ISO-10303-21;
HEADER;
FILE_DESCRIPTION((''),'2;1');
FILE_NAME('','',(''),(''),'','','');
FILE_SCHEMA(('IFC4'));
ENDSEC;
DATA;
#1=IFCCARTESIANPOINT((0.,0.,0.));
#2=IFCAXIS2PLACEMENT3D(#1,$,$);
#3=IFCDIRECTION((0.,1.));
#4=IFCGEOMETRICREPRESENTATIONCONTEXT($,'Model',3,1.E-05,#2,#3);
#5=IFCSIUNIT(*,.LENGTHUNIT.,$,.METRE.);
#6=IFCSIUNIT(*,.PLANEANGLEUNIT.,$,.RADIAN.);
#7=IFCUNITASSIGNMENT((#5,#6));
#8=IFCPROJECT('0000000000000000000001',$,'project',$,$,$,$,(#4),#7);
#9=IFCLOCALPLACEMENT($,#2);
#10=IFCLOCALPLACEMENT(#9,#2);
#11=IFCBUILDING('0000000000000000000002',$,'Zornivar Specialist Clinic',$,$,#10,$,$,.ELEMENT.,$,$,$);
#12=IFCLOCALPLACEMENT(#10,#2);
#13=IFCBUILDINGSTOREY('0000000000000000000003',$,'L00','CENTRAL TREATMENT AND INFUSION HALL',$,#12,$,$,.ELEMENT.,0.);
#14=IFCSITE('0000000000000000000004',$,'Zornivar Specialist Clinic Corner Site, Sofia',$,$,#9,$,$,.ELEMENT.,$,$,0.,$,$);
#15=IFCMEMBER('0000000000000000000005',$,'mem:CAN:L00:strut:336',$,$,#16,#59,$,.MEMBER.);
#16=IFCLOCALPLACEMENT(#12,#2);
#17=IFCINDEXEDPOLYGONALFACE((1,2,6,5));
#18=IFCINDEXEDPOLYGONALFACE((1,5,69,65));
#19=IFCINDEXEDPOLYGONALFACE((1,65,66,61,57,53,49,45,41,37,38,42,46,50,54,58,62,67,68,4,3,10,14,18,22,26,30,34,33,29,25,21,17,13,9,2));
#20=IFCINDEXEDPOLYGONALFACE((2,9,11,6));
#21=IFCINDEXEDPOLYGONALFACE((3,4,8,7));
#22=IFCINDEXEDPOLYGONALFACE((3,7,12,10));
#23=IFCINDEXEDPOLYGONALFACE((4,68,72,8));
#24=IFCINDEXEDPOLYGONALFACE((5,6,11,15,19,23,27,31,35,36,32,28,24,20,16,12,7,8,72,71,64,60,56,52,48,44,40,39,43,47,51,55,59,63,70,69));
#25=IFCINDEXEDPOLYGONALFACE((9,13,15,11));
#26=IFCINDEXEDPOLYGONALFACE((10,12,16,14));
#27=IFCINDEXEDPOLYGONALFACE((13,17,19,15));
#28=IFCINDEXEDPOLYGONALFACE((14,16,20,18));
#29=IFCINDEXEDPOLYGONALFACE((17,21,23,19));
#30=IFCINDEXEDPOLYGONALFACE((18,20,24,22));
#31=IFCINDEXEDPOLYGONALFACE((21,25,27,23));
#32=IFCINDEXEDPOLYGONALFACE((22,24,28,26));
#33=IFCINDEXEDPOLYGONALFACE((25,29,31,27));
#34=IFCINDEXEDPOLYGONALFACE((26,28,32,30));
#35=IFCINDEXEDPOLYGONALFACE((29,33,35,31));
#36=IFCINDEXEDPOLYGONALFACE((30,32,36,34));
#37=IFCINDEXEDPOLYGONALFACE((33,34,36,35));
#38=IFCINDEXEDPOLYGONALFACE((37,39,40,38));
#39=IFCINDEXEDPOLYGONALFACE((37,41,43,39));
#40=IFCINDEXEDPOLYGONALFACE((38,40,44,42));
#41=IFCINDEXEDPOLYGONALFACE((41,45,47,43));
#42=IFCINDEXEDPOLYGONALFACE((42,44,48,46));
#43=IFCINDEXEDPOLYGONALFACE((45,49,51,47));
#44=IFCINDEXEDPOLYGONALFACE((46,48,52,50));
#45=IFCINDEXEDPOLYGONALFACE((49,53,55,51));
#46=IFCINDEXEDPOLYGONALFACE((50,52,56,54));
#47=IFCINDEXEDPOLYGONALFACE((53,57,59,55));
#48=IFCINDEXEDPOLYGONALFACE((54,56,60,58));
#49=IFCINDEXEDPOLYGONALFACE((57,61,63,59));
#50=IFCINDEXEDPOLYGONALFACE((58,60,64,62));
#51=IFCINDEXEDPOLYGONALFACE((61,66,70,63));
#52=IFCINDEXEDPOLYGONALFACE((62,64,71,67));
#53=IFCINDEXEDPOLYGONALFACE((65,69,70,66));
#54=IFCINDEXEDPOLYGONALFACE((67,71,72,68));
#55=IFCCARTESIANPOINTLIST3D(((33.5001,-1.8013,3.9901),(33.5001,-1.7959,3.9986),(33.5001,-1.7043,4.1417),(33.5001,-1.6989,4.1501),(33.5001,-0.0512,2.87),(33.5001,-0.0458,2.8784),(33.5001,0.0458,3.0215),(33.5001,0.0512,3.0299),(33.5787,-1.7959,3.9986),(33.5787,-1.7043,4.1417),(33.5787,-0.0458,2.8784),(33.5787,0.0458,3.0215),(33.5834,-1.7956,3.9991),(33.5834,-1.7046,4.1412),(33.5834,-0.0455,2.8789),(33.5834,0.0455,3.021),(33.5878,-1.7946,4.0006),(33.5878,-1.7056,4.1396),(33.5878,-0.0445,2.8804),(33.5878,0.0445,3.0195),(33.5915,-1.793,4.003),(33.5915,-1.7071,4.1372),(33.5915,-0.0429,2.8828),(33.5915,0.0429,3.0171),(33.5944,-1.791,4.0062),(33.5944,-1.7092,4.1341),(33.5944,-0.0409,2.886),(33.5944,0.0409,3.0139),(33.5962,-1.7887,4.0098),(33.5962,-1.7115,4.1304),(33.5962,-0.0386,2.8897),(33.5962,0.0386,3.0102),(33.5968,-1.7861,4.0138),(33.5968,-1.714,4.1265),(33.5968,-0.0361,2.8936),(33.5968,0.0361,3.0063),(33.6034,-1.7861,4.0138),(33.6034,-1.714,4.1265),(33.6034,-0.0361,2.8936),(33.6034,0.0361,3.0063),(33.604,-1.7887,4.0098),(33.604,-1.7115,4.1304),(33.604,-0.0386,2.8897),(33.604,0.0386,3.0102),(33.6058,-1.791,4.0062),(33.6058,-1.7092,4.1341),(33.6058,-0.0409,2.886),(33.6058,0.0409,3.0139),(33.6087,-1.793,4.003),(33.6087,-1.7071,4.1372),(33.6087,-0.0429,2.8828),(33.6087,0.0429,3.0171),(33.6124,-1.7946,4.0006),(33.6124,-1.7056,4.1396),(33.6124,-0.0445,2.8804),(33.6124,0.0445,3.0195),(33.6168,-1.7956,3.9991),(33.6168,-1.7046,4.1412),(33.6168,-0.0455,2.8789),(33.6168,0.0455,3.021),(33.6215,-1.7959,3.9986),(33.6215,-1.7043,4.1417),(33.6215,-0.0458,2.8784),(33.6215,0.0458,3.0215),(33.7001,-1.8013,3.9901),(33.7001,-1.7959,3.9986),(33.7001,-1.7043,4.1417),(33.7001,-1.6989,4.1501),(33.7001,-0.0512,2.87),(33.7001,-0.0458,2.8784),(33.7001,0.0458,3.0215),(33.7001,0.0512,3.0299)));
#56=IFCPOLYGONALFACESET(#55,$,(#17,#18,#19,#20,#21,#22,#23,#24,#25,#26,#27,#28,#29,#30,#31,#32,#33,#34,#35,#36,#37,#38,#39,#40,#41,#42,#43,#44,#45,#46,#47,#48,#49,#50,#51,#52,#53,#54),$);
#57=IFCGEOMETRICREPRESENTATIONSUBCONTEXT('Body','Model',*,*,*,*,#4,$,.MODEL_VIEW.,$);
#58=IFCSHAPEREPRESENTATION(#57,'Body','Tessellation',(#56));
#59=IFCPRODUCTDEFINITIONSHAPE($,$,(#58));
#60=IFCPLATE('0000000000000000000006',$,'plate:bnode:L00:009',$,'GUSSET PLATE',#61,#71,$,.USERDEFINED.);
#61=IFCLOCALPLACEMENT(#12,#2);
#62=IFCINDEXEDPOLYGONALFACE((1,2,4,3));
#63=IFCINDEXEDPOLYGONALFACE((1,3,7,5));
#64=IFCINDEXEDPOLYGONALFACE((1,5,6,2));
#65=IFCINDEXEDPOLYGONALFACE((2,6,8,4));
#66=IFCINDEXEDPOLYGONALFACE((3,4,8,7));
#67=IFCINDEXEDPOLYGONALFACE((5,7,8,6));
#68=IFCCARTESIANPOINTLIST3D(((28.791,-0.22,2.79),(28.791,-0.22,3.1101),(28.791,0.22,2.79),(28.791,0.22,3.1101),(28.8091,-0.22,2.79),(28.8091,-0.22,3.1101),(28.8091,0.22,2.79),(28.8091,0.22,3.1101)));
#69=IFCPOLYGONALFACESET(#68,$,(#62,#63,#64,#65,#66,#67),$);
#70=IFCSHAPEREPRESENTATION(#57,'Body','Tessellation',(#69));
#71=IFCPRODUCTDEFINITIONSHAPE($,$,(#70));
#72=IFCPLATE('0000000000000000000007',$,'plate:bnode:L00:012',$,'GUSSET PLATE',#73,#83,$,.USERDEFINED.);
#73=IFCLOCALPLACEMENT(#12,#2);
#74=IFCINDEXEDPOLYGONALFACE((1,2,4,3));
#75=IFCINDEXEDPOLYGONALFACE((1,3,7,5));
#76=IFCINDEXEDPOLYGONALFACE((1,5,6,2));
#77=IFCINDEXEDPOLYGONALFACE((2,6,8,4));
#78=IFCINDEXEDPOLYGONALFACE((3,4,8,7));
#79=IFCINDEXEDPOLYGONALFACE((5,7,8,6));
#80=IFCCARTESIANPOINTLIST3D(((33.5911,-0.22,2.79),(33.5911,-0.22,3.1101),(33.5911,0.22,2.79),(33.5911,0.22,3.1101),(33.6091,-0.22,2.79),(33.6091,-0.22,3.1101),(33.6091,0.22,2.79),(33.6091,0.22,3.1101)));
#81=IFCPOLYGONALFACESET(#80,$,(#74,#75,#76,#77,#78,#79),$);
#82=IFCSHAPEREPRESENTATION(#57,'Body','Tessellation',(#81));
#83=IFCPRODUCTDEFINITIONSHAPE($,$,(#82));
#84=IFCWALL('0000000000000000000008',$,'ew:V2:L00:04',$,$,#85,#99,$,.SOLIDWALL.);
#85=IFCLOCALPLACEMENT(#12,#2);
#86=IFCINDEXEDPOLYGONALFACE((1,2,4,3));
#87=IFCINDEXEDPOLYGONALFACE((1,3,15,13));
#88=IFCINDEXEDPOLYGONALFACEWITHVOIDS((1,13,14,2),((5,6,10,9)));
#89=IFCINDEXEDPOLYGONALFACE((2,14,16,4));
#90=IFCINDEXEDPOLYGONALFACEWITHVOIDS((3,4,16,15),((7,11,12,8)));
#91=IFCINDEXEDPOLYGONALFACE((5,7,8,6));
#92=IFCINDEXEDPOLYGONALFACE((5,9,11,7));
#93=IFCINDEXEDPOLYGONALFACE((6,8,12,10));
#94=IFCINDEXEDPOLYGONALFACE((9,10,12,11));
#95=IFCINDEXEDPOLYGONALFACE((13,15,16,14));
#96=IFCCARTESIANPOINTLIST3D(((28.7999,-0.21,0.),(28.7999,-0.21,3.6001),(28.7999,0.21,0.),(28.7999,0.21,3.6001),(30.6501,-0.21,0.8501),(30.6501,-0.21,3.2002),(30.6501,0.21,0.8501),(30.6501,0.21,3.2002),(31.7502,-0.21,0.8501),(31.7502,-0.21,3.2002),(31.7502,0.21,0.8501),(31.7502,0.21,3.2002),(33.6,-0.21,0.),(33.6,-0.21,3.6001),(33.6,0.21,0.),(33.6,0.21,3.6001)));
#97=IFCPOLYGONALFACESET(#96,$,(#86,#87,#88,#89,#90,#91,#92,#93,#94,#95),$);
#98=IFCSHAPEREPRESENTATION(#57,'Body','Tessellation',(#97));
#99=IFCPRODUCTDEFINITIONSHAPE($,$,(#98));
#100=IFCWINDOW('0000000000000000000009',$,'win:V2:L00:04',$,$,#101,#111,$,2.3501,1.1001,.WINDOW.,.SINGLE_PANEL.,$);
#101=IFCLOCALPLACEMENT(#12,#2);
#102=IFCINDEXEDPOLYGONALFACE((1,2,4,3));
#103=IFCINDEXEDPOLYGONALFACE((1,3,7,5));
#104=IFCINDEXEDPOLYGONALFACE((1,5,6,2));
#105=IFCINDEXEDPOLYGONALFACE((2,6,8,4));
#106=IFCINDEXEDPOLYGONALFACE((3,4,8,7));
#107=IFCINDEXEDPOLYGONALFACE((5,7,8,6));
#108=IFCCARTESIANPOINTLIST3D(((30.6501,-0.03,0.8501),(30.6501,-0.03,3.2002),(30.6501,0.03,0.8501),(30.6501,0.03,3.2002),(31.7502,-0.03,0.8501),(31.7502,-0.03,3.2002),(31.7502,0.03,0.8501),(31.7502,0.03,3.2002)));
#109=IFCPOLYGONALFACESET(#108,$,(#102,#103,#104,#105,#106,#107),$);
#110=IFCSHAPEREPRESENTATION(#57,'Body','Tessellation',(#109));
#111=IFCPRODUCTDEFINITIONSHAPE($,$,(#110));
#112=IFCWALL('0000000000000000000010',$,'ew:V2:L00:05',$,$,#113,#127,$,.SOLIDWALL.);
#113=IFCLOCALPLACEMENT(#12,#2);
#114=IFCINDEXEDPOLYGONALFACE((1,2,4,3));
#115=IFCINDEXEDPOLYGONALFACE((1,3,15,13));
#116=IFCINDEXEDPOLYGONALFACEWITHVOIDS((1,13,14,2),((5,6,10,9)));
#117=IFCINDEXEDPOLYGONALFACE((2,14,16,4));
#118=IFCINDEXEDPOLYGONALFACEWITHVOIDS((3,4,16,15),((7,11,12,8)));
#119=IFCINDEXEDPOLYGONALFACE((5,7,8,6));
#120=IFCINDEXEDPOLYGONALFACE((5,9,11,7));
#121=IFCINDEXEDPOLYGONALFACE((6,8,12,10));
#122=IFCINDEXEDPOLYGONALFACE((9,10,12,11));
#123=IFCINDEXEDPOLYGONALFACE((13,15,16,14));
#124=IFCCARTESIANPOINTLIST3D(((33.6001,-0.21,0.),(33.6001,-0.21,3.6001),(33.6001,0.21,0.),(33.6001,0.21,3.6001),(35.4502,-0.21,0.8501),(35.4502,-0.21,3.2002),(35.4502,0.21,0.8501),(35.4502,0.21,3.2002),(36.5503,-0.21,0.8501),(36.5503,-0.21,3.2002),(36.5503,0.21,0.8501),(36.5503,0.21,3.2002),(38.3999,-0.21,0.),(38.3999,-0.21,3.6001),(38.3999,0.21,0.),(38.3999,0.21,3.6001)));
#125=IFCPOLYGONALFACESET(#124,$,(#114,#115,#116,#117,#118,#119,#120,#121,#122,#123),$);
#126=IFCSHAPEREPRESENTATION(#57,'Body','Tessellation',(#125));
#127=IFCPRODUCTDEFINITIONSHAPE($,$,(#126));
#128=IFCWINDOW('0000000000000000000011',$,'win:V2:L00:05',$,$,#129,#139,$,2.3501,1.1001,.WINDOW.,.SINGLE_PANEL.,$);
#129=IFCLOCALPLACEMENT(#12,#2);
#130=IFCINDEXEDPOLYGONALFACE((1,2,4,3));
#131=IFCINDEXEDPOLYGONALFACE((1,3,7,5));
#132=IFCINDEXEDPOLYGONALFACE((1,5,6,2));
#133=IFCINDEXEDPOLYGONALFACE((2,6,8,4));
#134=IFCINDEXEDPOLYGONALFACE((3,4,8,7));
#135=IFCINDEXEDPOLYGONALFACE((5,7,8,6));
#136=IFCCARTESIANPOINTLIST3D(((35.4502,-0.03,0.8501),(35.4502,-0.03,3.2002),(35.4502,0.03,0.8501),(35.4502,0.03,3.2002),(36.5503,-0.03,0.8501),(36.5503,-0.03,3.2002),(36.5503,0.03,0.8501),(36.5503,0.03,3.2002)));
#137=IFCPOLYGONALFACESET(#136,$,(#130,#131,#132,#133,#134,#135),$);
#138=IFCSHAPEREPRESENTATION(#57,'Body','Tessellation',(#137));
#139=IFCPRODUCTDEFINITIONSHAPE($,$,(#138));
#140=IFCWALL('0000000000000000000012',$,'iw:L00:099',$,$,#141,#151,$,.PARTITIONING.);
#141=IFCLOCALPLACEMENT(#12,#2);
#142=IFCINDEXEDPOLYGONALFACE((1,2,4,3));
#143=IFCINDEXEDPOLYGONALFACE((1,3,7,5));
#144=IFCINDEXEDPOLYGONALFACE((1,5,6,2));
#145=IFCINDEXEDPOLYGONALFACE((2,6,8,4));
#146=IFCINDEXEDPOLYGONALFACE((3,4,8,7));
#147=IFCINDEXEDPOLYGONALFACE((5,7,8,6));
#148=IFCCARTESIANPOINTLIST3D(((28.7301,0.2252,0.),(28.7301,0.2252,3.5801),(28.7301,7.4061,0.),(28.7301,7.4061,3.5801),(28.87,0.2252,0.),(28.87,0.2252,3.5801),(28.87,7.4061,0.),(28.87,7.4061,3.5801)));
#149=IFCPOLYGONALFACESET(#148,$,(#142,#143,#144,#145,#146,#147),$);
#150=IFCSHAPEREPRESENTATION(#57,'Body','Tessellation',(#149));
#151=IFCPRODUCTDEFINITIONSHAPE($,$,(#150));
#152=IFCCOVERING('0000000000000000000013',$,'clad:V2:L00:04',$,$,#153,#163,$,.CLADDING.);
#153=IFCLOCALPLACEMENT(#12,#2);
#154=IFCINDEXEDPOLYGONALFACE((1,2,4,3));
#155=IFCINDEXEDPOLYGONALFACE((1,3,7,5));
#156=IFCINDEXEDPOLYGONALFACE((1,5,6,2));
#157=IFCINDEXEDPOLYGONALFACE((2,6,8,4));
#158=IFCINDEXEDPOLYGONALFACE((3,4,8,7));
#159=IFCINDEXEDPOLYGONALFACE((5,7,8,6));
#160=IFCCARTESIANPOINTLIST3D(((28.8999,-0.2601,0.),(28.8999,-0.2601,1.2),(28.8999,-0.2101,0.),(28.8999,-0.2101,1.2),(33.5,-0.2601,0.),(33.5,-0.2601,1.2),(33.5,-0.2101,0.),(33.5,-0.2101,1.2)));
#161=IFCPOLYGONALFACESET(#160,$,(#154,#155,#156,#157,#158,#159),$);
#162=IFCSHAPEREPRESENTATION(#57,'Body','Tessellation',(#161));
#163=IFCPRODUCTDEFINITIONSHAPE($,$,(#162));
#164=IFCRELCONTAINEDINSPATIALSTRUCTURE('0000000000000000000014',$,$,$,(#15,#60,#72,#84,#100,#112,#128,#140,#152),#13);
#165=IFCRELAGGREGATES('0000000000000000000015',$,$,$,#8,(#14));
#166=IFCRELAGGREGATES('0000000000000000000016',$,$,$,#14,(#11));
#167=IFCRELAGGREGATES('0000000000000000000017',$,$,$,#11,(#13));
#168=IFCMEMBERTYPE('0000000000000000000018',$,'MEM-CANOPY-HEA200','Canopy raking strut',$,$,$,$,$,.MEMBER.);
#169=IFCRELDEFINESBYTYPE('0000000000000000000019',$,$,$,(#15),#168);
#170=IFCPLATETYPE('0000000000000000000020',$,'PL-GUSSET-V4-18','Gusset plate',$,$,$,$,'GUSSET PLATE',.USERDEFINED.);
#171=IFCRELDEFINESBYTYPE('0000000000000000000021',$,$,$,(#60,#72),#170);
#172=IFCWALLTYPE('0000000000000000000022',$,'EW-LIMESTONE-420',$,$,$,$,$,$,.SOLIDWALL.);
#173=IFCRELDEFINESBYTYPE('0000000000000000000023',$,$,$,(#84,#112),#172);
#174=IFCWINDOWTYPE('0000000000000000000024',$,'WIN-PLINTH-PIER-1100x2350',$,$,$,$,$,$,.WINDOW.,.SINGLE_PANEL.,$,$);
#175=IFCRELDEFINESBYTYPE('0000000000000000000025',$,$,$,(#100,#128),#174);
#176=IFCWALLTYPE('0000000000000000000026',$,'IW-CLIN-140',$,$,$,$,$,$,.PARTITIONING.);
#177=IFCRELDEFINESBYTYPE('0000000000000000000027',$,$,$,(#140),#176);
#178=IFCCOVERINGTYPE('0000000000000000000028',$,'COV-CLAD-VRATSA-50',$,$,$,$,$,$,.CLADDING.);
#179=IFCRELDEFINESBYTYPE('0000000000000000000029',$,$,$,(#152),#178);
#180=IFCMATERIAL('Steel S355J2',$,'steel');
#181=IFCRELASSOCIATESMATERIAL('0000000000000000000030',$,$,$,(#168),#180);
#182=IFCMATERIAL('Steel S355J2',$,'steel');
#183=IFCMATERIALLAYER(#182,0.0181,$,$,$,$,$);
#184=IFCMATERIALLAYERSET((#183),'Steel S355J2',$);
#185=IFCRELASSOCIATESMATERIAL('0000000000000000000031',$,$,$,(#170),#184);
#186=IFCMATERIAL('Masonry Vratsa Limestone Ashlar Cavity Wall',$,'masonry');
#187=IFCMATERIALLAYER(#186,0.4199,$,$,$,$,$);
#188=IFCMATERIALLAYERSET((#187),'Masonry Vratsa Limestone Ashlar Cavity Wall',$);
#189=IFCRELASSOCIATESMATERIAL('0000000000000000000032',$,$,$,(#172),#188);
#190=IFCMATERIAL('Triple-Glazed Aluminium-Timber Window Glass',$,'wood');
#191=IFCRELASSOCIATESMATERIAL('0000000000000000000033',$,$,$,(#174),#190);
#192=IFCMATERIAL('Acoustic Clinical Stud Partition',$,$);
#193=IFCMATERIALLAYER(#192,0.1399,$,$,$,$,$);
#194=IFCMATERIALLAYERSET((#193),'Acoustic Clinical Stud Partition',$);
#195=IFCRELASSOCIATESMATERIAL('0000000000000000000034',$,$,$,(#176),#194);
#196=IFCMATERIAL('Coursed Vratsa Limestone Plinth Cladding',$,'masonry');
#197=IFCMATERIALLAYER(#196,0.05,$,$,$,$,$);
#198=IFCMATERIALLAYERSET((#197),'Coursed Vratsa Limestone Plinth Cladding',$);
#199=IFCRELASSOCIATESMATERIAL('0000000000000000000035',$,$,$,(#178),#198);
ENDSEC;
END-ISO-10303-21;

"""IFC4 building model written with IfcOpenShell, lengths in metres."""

from ifc_helpers import new_model, si_unit, direction, frame, frame_2d, origin, origin_2d, place, context, subcontext, project, spatial, rectangle, i_section, extrude, material, layer, layer_set, material_profile, profile_set, type_object, element, fill, save


model = new_model("IFC4")

# Units and contexts
model_context = context("Model", 3, precision=1e-05, world=origin(), true_north=direction((0.0, 1.0)))
body_context = subcontext(model_context, "Body", "Model", "MODEL_VIEW")
ifc_project = project(units=[si_unit("LENGTHUNIT", "METRE"), si_unit("PLANEANGLEUNIT", "RADIAN")], contexts=[model_context])

# Site, building, storey
site_placement = place(None, origin())
site = spatial("IfcSite", under=ifc_project, at=site_placement, Name="Zornivar Specialist Clinic Corner Site, Sofia", CompositionType="ELEMENT", RefElevation=0.0)
building_placement = place(site_placement, origin())
building = spatial("IfcBuilding", under=site, at=building_placement, Name="Zornivar Specialist Clinic", CompositionType="ELEMENT")
storey_placement = place(building_placement, origin())
storey = spatial("IfcBuildingStorey", under=building, at=storey_placement, Name="L00", Description="CENTRAL TREATMENT AND INFUSION HALL", CompositionType="ELEMENT", Elevation=0.0)

# Member
ifc_material_1 = material(Name="Steel S355J2", Category="steel")
ifc_material_profile_1 = material_profile(ifc_material_1, i_section(OverallWidth=0.2, OverallDepth=0.1899, WebThickness=0.0066, FlangeThickness=0.01, FilletRadius=0.0181, at=origin_2d()), Name="HEA 200")
ifc_profile_set_1 = profile_set([ifc_material_profile_1], Name="Steel S355J2")
member_type = type_object("IfcMemberType", Name="MEM-CANOPY-HEA200", Description="Canopy raking strut", PredefinedType="MEMBER", material=ifc_profile_set_1)
for number, where, z_axis, x_axis, name in (
    (1, (33.6001, 0.0, 2.95), (0.0, -0.842246, 0.539094), (1.0, 0.0, 0.0), "mem:CAN:L00:strut:336"),
):
    element("IfcMember", number, at=place(storey_placement, frame(where, z_axis=z_axis, x_axis=x_axis)), inside=storey, type_object=member_type, Name=name, PredefinedType="MEMBER", context=body_context, shape_type="SweptSolid", body=[
        extrude(i_section(OverallWidth=0.2, OverallDepth=0.1899, WebThickness=0.0066, FlangeThickness=0.01, FilletRadius=0.0181, at=origin_2d()), origin(), (0.0, 0.0, 1.0), 2.0779),
    ])

# Plates
ifc_material_2 = material(Name="Steel S355J2", Category="steel")
ifc_layer_1 = layer(ifc_material_2, 0.0181)
ifc_layer_set_1 = layer_set([ifc_layer_1], Name="Steel S355J2")
plate_type = type_object("IfcPlateType", Name="PL-GUSSET-V4-18", Description="Gusset plate", ElementType="GUSSET PLATE", PredefinedType="USERDEFINED", material=ifc_layer_set_1)
for number, where, z_axis, x_axis, name in (
    (2, (28.8, 0.0, 2.79), (0.0, 0.0, 1.0), (0.0, 1.0, 0.0), "plate:bnode:L00:009"),
    (3, (33.6001, 0.0, 2.79), (0.0, 0.0, 1.0), (0.0, 1.0, 0.0), "plate:bnode:L00:012"),
):
    element("IfcPlate", number, at=place(storey_placement, frame(where, z_axis=z_axis, x_axis=x_axis)), inside=storey, type_object=plate_type, Name=name, ObjectType="GUSSET PLATE", PredefinedType="USERDEFINED", context=body_context, shape_type="SweptSolid", body=[
        extrude(rectangle(XDim=0.4399, YDim=0.0181, at=origin_2d()), origin(), (0.0, 0.0, 1.0), 0.3201),
    ])

# Walls, openings, windows
ifc_material_3 = material(Name="Masonry Vratsa Limestone Ashlar Cavity Wall", Category="masonry")
ifc_layer_2 = layer(ifc_material_3, 0.4199)
ifc_layer_set_2 = layer_set([ifc_layer_2], Name="Masonry Vratsa Limestone Ashlar Cavity Wall")
wall_type_1 = type_object("IfcWallType", Name="EW-LIMESTONE-420", PredefinedType="SOLIDWALL", material=ifc_layer_set_2)
wall_1_placement = place(storey_placement, frame((28.8, 0.0, 0.0), z_axis=(0.0, 0.0, 1.0), x_axis=(1.0, 0.0, 0.0)))
wall_1 = element("IfcWall", 4, at=wall_1_placement, inside=storey, type_object=wall_type_1, Name="ew:V2:L00:04", PredefinedType="SOLIDWALL", context=body_context, shape_type="SweptSolid", body=[
    extrude(rectangle(XDim=4.8, YDim=0.4199, at=frame_2d((2.3999, 0.0))), origin(), (0.0, 0.0, 1.0), 3.6001),
])
opening_1_placement = place(wall_1_placement, frame((1.8501, 0.0, 0.8501)))
opening_1 = element("IfcOpeningElement", 5, at=opening_1_placement, cuts=wall_1, PredefinedType="OPENING", context=body_context, shape_type="SweptSolid", body=[
    extrude(rectangle(XDim=1.1001, YDim=2.3501, at=frame_2d((0.55, 1.175))), frame((0.0, 0.22, 0.0), z_axis=(0.0, -1.0, 0.0), x_axis=(1.0, 0.0, 0.0)), (0.0, 0.0, 1.0), 0.4399),
])
ifc_material_4 = material(Name="Triple-Glazed Aluminium-Timber Window Glass", Category="wood")
window_type = type_object("IfcWindowType", Name="WIN-PLINTH-PIER-1100x2350", PartitioningType="SINGLE_PANEL", PredefinedType="WINDOW", material=ifc_material_4)
window_1_placement = place(opening_1_placement, origin())
window_1 = element("IfcWindow", 6, at=window_1_placement, inside=storey, type_object=window_type, Name="win:V2:L00:04", OverallHeight=2.3501, OverallWidth=1.1001, PartitioningType="SINGLE_PANEL", PredefinedType="WINDOW", context=body_context, shape_type="SweptSolid", body=[
    extrude(rectangle(XDim=1.1001, YDim=2.3501, at=frame_2d((0.55, 1.175))), frame((0.0, 0.03, 0.0), z_axis=(0.0, -1.0, 0.0), x_axis=(1.0, 0.0, 0.0)), (0.0, 0.0, 1.0), 0.0601),
])
fill(opening_1, window_1)
wall_2_placement = place(storey_placement, frame((33.6001, 0.0, 0.0), z_axis=(0.0, 0.0, 1.0), x_axis=(1.0, 0.0, 0.0)))
wall_2 = element("IfcWall", 7, at=wall_2_placement, inside=storey, type_object=wall_type_1, Name="ew:V2:L00:05", PredefinedType="SOLIDWALL", context=body_context, shape_type="SweptSolid", body=[
    extrude(rectangle(XDim=4.7998, YDim=0.4199, at=frame_2d((2.3999, 0.0))), origin(), (0.0, 0.0, 1.0), 3.6001),
])
opening_2_placement = place(wall_2_placement, frame((1.8501, 0.0, 0.8501)))
opening_2 = element("IfcOpeningElement", 8, at=opening_2_placement, cuts=wall_2, PredefinedType="OPENING", context=body_context, shape_type="SweptSolid", body=[
    extrude(rectangle(XDim=1.1001, YDim=2.3501, at=frame_2d((0.55, 1.175))), frame((0.0, 0.22, 0.0), z_axis=(0.0, -1.0, 0.0), x_axis=(1.0, 0.0, 0.0)), (0.0, 0.0, 1.0), 0.4399),
])
window_2_placement = place(opening_2_placement, origin())
window_2 = element("IfcWindow", 9, at=window_2_placement, inside=storey, type_object=window_type, Name="win:V2:L00:05", OverallHeight=2.3501, OverallWidth=1.1001, PartitioningType="SINGLE_PANEL", PredefinedType="WINDOW", context=body_context, shape_type="SweptSolid", body=[
    extrude(rectangle(XDim=1.1001, YDim=2.3501, at=frame_2d((0.55, 1.175))), frame((0.0, 0.03, 0.0), z_axis=(0.0, -1.0, 0.0), x_axis=(1.0, 0.0, 0.0)), (0.0, 0.0, 1.0), 0.0601),
])
fill(opening_2, window_2)

# Wall
ifc_material_5 = material(Name="Acoustic Clinical Stud Partition")
ifc_layer_3 = layer(ifc_material_5, 0.1399)
ifc_layer_set_3 = layer_set([ifc_layer_3], Name="Acoustic Clinical Stud Partition")
wall_type_2 = type_object("IfcWallType", Name="IW-CLIN-140", PredefinedType="PARTITIONING", material=ifc_layer_set_3)
wall_3_placement = place(storey_placement, frame((28.8, 7.406, 0.0), z_axis=(0.0, 0.0, 1.0), x_axis=(0.0, -1.0, 0.0)))
element("IfcWall", 10, at=wall_3_placement, inside=storey, type_object=wall_type_2, Name="iw:L00:099", PredefinedType="PARTITIONING", context=body_context, shape_type="SweptSolid", body=[
    extrude(rectangle(XDim=7.1809, YDim=0.1399, at=frame_2d((3.5903, 0.0))), origin(), (0.0, 0.0, 1.0), 3.5801),
])

# Covering
ifc_material_6 = material(Name="Coursed Vratsa Limestone Plinth Cladding", Category="masonry")
ifc_layer_4 = layer(ifc_material_6, 0.05)
ifc_layer_set_4 = layer_set([ifc_layer_4], Name="Coursed Vratsa Limestone Plinth Cladding")
covering_type = type_object("IfcCoveringType", Name="COV-CLAD-VRATSA-50", PredefinedType="CLADDING", material=ifc_layer_set_4)
covering_placement = place(storey_placement, frame((31.2, -0.2351, 0.0), z_axis=(0.0, 0.0, 1.0), x_axis=(1.0, 0.0, 0.0)))
element("IfcCovering", 11, at=covering_placement, inside=storey, type_object=covering_type, Name="clad:V2:L00:04", PredefinedType="CLADDING", context=body_context, shape_type="SweptSolid", body=[
    extrude(rectangle(XDim=4.6001, YDim=0.05, at=origin_2d()), origin(), (0.0, 0.0, 1.0), 1.2),
])

save(model, "model.ifc")
